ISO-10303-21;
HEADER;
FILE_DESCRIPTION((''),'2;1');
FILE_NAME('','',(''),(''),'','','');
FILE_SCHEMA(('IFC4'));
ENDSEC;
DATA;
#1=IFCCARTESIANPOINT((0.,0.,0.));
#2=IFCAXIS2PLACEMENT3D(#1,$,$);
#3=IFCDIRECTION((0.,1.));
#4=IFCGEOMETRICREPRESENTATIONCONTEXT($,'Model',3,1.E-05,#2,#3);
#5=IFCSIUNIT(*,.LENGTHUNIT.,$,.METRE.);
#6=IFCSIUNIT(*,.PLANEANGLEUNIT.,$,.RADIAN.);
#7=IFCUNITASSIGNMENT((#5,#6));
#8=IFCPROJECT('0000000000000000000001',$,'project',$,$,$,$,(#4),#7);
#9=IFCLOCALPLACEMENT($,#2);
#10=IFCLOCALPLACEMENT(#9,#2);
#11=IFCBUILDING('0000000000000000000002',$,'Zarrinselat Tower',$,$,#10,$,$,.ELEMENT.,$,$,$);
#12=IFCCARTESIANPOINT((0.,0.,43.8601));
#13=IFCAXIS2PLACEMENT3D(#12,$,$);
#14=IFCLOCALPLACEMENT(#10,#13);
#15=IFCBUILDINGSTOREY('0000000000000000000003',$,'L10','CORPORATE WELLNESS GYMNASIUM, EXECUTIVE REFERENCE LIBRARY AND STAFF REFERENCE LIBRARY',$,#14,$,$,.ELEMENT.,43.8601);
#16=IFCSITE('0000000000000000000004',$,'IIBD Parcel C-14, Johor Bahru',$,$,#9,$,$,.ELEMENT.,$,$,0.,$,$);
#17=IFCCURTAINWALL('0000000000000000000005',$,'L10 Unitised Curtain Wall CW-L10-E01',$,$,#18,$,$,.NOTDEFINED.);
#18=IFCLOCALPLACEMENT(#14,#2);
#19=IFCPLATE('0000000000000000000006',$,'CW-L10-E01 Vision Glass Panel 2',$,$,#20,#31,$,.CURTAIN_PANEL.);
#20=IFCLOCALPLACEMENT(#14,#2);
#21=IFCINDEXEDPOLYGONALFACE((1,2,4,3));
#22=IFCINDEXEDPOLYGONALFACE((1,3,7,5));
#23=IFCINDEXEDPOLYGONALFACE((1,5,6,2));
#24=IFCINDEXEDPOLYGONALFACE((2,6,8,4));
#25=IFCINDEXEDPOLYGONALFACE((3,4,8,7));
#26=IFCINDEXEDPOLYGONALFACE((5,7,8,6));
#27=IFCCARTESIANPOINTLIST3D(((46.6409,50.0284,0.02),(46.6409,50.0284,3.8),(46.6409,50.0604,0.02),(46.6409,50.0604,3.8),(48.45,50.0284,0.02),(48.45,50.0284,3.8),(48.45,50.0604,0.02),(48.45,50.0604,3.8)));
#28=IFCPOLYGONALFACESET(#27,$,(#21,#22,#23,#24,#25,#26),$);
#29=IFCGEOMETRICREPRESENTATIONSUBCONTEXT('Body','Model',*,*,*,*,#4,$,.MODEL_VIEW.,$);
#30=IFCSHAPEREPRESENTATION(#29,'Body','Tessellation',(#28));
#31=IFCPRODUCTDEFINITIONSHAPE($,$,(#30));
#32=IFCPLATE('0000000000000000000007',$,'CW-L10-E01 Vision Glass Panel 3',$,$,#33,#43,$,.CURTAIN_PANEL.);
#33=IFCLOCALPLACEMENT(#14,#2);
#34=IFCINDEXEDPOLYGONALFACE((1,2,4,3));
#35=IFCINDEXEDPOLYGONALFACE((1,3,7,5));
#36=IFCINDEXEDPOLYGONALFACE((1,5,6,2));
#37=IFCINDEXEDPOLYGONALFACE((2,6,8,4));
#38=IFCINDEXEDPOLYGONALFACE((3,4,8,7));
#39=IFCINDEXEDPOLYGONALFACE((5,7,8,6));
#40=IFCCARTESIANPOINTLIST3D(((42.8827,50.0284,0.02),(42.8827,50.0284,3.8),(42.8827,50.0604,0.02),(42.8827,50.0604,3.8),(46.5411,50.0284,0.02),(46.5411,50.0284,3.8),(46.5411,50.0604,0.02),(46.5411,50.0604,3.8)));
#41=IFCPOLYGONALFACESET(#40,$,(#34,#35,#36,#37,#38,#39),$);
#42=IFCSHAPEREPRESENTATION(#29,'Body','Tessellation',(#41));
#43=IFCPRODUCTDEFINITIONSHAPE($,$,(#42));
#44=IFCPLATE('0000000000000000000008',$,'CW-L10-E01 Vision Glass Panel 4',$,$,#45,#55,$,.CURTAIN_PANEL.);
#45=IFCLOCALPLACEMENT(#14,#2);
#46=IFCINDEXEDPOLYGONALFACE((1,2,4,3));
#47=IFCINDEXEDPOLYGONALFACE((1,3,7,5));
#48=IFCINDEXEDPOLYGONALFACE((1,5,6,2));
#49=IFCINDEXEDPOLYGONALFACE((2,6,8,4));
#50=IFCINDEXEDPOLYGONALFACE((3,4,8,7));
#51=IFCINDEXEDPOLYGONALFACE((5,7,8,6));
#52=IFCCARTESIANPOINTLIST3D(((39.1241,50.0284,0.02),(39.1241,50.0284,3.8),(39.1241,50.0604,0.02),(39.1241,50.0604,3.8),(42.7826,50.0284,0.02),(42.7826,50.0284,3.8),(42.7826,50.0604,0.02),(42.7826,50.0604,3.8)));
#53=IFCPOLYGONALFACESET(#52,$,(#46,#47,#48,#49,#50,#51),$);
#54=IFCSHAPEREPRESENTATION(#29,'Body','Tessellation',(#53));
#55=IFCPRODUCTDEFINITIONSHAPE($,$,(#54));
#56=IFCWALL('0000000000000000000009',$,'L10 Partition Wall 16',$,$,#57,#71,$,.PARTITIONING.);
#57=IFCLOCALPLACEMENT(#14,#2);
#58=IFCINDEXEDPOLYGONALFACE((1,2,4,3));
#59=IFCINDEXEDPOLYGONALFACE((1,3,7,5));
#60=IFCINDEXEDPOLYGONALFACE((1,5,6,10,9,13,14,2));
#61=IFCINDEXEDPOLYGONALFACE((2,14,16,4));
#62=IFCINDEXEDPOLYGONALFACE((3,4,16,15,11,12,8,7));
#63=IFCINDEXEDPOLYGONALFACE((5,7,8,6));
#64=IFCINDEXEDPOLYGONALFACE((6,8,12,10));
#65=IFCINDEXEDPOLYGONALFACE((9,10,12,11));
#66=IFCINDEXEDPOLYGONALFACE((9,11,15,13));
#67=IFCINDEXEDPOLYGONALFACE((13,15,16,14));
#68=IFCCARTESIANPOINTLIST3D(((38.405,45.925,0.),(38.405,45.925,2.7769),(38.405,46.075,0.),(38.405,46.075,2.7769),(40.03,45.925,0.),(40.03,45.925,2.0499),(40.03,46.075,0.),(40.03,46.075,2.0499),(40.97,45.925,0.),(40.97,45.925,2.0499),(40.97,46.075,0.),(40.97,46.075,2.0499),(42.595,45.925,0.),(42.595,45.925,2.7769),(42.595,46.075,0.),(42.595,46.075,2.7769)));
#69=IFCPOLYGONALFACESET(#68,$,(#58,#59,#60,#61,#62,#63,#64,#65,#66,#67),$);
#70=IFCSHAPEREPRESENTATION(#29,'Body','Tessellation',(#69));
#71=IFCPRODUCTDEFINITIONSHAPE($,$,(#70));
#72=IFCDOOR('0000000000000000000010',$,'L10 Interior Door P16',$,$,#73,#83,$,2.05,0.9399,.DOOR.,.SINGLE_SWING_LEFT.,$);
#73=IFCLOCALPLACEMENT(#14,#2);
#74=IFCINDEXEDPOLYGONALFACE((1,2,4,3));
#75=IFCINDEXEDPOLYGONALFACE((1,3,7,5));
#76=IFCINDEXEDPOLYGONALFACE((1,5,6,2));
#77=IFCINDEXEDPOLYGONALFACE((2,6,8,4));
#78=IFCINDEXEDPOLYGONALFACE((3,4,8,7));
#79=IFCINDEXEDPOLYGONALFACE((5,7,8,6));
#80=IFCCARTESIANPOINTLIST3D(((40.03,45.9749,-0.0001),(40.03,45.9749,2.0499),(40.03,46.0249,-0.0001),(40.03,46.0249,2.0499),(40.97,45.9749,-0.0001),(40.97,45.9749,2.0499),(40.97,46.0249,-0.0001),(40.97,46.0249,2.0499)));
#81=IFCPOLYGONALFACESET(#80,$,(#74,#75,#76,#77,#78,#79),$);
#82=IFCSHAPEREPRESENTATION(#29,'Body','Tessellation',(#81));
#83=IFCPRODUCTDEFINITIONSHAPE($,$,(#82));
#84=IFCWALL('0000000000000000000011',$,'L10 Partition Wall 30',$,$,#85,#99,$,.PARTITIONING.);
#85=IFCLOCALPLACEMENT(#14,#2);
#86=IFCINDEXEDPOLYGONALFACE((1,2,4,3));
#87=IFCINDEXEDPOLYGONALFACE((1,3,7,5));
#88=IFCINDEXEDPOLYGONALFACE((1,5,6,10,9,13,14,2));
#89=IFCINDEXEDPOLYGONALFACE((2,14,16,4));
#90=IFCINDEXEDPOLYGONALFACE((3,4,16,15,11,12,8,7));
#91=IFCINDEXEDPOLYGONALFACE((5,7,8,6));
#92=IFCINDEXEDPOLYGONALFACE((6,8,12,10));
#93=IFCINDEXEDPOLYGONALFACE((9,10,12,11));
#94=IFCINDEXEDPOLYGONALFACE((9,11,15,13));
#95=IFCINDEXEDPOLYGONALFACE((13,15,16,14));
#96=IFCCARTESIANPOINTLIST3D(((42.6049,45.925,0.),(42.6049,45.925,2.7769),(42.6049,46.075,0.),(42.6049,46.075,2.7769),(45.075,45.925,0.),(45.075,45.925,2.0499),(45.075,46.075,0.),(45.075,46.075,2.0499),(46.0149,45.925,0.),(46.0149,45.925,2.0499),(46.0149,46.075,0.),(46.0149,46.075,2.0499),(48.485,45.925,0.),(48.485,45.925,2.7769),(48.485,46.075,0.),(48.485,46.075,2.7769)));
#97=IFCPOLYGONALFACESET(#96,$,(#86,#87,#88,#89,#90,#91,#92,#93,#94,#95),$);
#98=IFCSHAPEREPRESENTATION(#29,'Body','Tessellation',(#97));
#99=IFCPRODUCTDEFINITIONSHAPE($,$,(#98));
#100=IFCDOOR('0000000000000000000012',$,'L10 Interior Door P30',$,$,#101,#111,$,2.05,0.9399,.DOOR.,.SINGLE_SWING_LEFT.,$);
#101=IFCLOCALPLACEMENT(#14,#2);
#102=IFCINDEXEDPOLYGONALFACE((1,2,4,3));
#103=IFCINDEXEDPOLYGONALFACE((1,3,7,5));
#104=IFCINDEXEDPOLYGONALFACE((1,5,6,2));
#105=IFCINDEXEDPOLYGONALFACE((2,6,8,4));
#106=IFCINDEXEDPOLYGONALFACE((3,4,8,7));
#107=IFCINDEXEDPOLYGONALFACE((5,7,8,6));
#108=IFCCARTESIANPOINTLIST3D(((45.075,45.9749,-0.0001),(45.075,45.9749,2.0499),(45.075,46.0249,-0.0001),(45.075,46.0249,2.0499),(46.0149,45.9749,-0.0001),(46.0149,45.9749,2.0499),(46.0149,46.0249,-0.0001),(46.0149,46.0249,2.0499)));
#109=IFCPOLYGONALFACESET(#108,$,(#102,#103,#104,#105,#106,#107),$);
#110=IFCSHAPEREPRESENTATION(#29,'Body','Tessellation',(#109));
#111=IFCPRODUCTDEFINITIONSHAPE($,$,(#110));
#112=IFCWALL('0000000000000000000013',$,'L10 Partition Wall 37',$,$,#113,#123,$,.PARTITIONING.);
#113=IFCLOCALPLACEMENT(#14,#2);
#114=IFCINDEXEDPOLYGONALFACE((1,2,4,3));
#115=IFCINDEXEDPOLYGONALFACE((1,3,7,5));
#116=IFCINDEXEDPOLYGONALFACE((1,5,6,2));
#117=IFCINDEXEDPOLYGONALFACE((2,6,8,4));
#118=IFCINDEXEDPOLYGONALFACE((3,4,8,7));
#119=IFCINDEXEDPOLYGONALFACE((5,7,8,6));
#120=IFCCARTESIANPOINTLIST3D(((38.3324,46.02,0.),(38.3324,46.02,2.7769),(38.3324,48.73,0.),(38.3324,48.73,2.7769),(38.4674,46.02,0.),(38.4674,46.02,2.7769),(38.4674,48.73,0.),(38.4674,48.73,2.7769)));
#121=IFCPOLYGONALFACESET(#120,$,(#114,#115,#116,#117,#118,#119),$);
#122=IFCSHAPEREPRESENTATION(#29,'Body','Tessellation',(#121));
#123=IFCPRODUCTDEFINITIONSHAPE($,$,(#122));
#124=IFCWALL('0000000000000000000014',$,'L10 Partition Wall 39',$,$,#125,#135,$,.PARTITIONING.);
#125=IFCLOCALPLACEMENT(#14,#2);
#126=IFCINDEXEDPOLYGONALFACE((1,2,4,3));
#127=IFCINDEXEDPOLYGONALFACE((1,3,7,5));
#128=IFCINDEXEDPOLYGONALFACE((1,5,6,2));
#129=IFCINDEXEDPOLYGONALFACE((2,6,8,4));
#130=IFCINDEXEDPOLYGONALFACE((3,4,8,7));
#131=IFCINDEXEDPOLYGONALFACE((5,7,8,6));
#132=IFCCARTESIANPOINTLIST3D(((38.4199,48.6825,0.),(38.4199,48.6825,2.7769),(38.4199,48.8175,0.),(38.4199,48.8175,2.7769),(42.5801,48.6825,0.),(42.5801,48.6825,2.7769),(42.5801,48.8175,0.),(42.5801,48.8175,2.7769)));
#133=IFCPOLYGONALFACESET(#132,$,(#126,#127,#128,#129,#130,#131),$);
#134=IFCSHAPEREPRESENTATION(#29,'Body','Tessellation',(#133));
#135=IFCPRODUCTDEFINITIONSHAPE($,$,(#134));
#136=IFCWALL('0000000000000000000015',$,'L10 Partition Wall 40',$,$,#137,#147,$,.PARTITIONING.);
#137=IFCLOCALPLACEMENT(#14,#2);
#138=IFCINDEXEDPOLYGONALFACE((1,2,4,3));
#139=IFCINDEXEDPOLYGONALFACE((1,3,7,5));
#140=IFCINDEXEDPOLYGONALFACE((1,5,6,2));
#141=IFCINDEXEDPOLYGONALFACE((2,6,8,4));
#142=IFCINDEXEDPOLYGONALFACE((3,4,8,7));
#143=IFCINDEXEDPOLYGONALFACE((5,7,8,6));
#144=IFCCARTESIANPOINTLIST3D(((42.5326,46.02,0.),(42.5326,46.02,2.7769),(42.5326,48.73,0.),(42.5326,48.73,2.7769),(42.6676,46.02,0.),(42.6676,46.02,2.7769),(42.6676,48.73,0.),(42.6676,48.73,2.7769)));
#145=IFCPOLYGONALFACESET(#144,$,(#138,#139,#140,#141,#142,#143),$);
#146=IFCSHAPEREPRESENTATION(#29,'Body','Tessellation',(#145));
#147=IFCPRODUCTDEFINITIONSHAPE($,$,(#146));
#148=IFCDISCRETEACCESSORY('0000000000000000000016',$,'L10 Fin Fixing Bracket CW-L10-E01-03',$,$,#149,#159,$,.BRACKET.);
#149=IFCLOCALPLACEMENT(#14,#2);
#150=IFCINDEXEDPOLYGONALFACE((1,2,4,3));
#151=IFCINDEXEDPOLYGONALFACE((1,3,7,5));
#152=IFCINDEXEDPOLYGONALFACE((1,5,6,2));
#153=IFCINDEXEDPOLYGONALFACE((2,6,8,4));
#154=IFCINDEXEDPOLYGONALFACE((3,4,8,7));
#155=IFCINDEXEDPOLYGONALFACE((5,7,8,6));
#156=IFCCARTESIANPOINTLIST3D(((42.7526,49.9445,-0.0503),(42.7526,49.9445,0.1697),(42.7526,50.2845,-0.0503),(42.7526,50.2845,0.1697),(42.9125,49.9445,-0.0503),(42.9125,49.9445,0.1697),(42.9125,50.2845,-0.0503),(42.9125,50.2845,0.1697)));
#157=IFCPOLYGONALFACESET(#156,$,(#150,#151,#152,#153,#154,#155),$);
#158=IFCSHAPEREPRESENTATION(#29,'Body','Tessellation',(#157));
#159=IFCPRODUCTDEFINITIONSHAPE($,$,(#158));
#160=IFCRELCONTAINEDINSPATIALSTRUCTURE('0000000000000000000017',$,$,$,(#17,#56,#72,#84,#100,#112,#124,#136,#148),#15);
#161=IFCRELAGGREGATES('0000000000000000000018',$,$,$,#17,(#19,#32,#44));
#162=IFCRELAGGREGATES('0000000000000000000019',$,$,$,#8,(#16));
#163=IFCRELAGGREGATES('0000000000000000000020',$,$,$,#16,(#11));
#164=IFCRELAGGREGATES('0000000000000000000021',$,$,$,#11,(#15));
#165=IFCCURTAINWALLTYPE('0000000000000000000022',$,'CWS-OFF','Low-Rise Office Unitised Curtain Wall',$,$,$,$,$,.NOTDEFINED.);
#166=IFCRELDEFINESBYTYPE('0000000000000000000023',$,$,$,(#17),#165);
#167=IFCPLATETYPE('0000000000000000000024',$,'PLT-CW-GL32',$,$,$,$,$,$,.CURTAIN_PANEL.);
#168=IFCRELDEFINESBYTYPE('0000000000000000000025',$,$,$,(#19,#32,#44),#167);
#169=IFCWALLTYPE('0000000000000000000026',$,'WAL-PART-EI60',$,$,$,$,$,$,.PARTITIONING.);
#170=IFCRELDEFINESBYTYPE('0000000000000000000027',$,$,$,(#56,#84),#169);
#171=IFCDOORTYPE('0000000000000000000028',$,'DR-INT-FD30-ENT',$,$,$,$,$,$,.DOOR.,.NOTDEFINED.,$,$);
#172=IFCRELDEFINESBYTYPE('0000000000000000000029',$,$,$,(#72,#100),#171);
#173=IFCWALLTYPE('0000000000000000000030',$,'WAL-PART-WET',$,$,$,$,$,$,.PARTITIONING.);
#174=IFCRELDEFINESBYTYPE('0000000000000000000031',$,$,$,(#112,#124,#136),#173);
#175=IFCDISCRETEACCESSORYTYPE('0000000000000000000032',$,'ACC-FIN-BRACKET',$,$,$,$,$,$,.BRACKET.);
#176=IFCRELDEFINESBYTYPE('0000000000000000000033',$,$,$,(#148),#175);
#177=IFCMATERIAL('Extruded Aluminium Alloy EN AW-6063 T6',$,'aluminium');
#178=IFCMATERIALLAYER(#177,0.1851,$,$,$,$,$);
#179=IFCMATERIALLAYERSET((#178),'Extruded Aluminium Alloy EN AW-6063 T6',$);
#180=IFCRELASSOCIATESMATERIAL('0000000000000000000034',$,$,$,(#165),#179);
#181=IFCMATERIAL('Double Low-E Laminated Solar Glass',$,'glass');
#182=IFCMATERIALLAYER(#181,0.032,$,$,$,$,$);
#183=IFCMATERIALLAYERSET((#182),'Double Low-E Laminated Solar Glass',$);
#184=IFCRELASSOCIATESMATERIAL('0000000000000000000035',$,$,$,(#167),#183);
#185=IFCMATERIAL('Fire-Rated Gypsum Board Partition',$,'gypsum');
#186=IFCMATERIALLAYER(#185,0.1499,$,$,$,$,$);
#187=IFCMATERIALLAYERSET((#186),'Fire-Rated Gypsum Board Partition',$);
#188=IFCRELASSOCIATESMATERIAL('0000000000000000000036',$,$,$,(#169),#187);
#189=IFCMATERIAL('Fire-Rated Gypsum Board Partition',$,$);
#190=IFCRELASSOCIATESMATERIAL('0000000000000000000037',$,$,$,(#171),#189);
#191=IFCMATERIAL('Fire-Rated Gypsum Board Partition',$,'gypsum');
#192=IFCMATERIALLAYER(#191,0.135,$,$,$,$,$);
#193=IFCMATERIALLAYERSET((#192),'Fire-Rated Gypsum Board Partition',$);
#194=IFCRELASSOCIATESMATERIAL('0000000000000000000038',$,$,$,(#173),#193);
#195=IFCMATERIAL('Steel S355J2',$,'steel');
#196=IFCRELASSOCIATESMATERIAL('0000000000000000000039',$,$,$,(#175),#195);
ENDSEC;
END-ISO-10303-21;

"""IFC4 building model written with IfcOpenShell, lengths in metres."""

from ifc_helpers import new_model, si_unit, direction, frame, frame_2d, origin, origin_2d, place, context, subcontext, project, spatial, rectangle, extrude, material, layer, layer_set, type_object, element, fill, aggregate, save


model = new_model("IFC4")

# Units and contexts
model_context = context("Model", 3, precision=1e-05, world=origin(), true_north=direction((0.0, 1.0)))
body_context = subcontext(model_context, "Body", "Model", "MODEL_VIEW")
ifc_project = project(units=[si_unit("LENGTHUNIT", "METRE"), si_unit("PLANEANGLEUNIT", "RADIAN")], contexts=[model_context])

# Site, building, storey
site_placement = place(None, origin())
site = spatial("IfcSite", under=ifc_project, at=site_placement, Name="IIBD Parcel C-14, Johor Bahru", CompositionType="ELEMENT", RefElevation=0.0)
building_placement = place(site_placement, origin())
building = spatial("IfcBuilding", under=site, at=building_placement, Name="Zarrinselat Tower", CompositionType="ELEMENT")
storey_placement = place(building_placement, frame((0.0, 0.0, 43.8601)))
storey = spatial("IfcBuildingStorey", under=building, at=storey_placement, Name="L10", Description="CORPORATE WELLNESS GYMNASIUM, EXECUTIVE REFERENCE LIBRARY AND STAFF REFERENCE LIBRARY", CompositionType="ELEMENT", Elevation=43.8601)

# Curtain wall, plates
ifc_material_1 = material(Name="Extruded Aluminium Alloy EN AW-6063 T6", Category="aluminium")
ifc_layer_1 = layer(ifc_material_1, 0.1851)
ifc_layer_set_1 = layer_set([ifc_layer_1], Name="Extruded Aluminium Alloy EN AW-6063 T6")
curtain_wall_type = type_object("IfcCurtainWallType", Name="CWS-OFF", Description="Low-Rise Office Unitised Curtain Wall", PredefinedType="NOTDEFINED", material=ifc_layer_set_1)
curtain_wall_placement = place(storey_placement, origin())
curtain_wall = element("IfcCurtainWall", 1, at=curtain_wall_placement, inside=storey, type_object=curtain_wall_type, Name="L10 Unitised Curtain Wall CW-L10-E01", PredefinedType="NOTDEFINED")
ifc_material_2 = material(Name="Double Low-E Laminated Solar Glass", Category="glass")
ifc_layer_2 = layer(ifc_material_2, 0.032)
ifc_layer_set_2 = layer_set([ifc_layer_2], Name="Double Low-E Laminated Solar Glass")
plate_type = type_object("IfcPlateType", Name="PLT-CW-GL32", PredefinedType="CURTAIN_PANEL", material=ifc_layer_set_2)
plate_1_placement = place(storey_placement, frame((47.5454, 50.0444, 0.02), z_axis=(0.0, 0.0, 1.0), x_axis=(-1.0, 0.0, 0.0)))
plate_1 = element("IfcPlate", 2, at=plate_1_placement, type_object=plate_type, Name="CW-L10-E01 Vision Glass Panel 2", PredefinedType="CURTAIN_PANEL", context=body_context, shape_type="SweptSolid", body=[
    extrude(rectangle(XDim=1.8091, YDim=0.032, at=origin_2d()), origin(), (0.0, 0.0, 1.0), 3.78),
])
plate_2_placement = place(storey_placement, frame((44.7119, 50.0444, 0.02), z_axis=(0.0, 0.0, 1.0), x_axis=(-1.0, 0.0, 0.0)))
plate_2 = element("IfcPlate", 3, at=plate_2_placement, type_object=plate_type, Name="CW-L10-E01 Vision Glass Panel 3", PredefinedType="CURTAIN_PANEL", context=body_context, shape_type="SweptSolid", body=[
    extrude(rectangle(XDim=3.6584, YDim=0.032, at=origin_2d()), origin(), (0.0, 0.0, 1.0), 3.78),
])
plate_3_placement = place(storey_placement, frame((40.9534, 50.0444, 0.02), z_axis=(0.0, 0.0, 1.0), x_axis=(-1.0, 0.0, 0.0)))
plate_3 = element("IfcPlate", 4, at=plate_3_placement, type_object=plate_type, Name="CW-L10-E01 Vision Glass Panel 4", PredefinedType="CURTAIN_PANEL", context=body_context, shape_type="SweptSolid", body=[
    extrude(rectangle(XDim=3.6584, YDim=0.032, at=origin_2d()), origin(), (0.0, 0.0, 1.0), 3.78),
])
aggregate(curtain_wall, [plate_1, plate_2, plate_3])

# Walls, openings, doors
ifc_material_3 = material(Name="Fire-Rated Gypsum Board Partition", Category="gypsum")
ifc_layer_3 = layer(ifc_material_3, 0.1499)
ifc_layer_set_3 = layer_set([ifc_layer_3], Name="Fire-Rated Gypsum Board Partition")
wall_type_1 = type_object("IfcWallType", Name="WAL-PART-EI60", PredefinedType="PARTITIONING", material=ifc_layer_set_3)
wall_1_placement = place(storey_placement, frame((38.405, 46.0, 0.0), z_axis=(0.0, 0.0, 1.0), x_axis=(1.0, 0.0, 0.0)))
wall_1 = element("IfcWall", 5, at=wall_1_placement, inside=storey, type_object=wall_type_1, Name="L10 Partition Wall 16", PredefinedType="PARTITIONING", context=body_context, shape_type="SweptSolid", body=[
    extrude(rectangle(XDim=4.1899, YDim=0.1499, at=frame_2d((2.095, 0.0))), origin(), (0.0, 0.0, 1.0), 2.7769),
])
opening_1_placement = place(wall_1_placement, frame((1.625, 0.0, 0.0)))
opening_1 = element("IfcOpeningElement", 6, at=opening_1_placement, cuts=wall_1, PredefinedType="OPENING", context=body_context, shape_type="SweptSolid", body=[
    extrude(rectangle(XDim=0.9399, YDim=2.05, at=frame_2d((0.47, 1.0249))), frame((0.0, 0.085, 0.0), z_axis=(0.0, -1.0, 0.0), x_axis=(1.0, 0.0, 0.0)), (0.0, 0.0, 1.0), 0.1699),
])
ifc_material_4 = material(Name="Fire-Rated Gypsum Board Partition")
door_type = type_object("IfcDoorType", Name="DR-INT-FD30-ENT", OperationType="NOTDEFINED", PredefinedType="DOOR", material=ifc_material_4)
door_1_placement = place(opening_1_placement, origin())
door_1 = element("IfcDoor", 7, at=door_1_placement, inside=storey, type_object=door_type, Name="L10 Interior Door P16", OperationType="SINGLE_SWING_LEFT", OverallHeight=2.05, OverallWidth=0.9399, PredefinedType="DOOR", context=body_context, shape_type="SweptSolid", body=[
    extrude(rectangle(XDim=0.9399, YDim=2.05, at=frame_2d((0.47, 1.0249))), frame((0.0, 0.0249, 0.0), z_axis=(0.0, -1.0, 0.0), x_axis=(1.0, 0.0, 0.0)), (0.0, 0.0, 1.0), 0.05),
])
fill(opening_1, door_1)
wall_2_placement = place(storey_placement, frame((42.605, 46.0, 0.0), z_axis=(0.0, 0.0, 1.0), x_axis=(1.0, 0.0, 0.0)))
wall_2 = element("IfcWall", 8, at=wall_2_placement, inside=storey, type_object=wall_type_1, Name="L10 Partition Wall 30", PredefinedType="PARTITIONING", context=body_context, shape_type="SweptSolid", body=[
    extrude(rectangle(XDim=5.8801, YDim=0.1499, at=frame_2d((2.9399, 0.0))), origin(), (0.0, 0.0, 1.0), 2.7769),
])
opening_2_placement = place(wall_2_placement, frame((2.47, 0.0, 0.0)))
opening_2 = element("IfcOpeningElement", 9, at=opening_2_placement, cuts=wall_2, PredefinedType="OPENING", context=body_context, shape_type="SweptSolid", body=[
    extrude(rectangle(XDim=0.9399, YDim=2.05, at=frame_2d((0.47, 1.0249))), frame((0.0, 0.085, 0.0), z_axis=(0.0, -1.0, 0.0), x_axis=(1.0, 0.0, 0.0)), (0.0, 0.0, 1.0), 0.1699),
])
door_2_placement = place(opening_2_placement, origin())
door_2 = element("IfcDoor", 10, at=door_2_placement, inside=storey, type_object=door_type, Name="L10 Interior Door P30", OperationType="SINGLE_SWING_LEFT", OverallHeight=2.05, OverallWidth=0.9399, PredefinedType="DOOR", context=body_context, shape_type="SweptSolid", body=[
    extrude(rectangle(XDim=0.9399, YDim=2.05, at=frame_2d((0.47, 1.0249))), frame((0.0, 0.0249, 0.0), z_axis=(0.0, -1.0, 0.0), x_axis=(1.0, 0.0, 0.0)), (0.0, 0.0, 1.0), 0.05),
])
fill(opening_2, door_2)

# Walls
ifc_material_5 = material(Name="Fire-Rated Gypsum Board Partition", Category="gypsum")
ifc_layer_4 = layer(ifc_material_5, 0.135)
ifc_layer_set_4 = layer_set([ifc_layer_4], Name="Fire-Rated Gypsum Board Partition")
wall_type_2 = type_object("IfcWallType", Name="WAL-PART-WET", PredefinedType="PARTITIONING", material=ifc_layer_set_4)
wall_3_placement = place(storey_placement, frame((38.3999, 46.02, 0.0), z_axis=(0.0, 0.0, 1.0), x_axis=(0.0, 1.0, 0.0)))
element("IfcWall", 11, at=wall_3_placement, inside=storey, type_object=wall_type_2, Name="L10 Partition Wall 37", PredefinedType="PARTITIONING", context=body_context, shape_type="SweptSolid", body=[
    extrude(rectangle(XDim=2.71, YDim=0.135, at=frame_2d((1.355, 0.0))), origin(), (0.0, 0.0, 1.0), 2.7769),
])
wall_4_placement = place(storey_placement, frame((38.4199, 48.75, 0.0), z_axis=(0.0, 0.0, 1.0), x_axis=(1.0, 0.0, 0.0)))
element("IfcWall", 12, at=wall_4_placement, inside=storey, type_object=wall_type_2, Name="L10 Partition Wall 39", PredefinedType="PARTITIONING", context=body_context, shape_type="SweptSolid", body=[
    extrude(rectangle(XDim=4.1602, YDim=0.135, at=frame_2d((2.0801, 0.0))), origin(), (0.0, 0.0, 1.0), 2.7769),
])
wall_5_placement = place(storey_placement, frame((42.6001, 46.02, 0.0), z_axis=(0.0, 0.0, 1.0), x_axis=(0.0, 1.0, 0.0)))
element("IfcWall", 13, at=wall_5_placement, inside=storey, type_object=wall_type_2, Name="L10 Partition Wall 40", PredefinedType="PARTITIONING", context=body_context, shape_type="SweptSolid", body=[
    extrude(rectangle(XDim=2.71, YDim=0.135, at=frame_2d((1.355, 0.0))), origin(), (0.0, 0.0, 1.0), 2.7769),
])

# Discrete accessory
ifc_material_6 = material(Name="Steel S355J2", Category="steel")
discrete_accessory_type = type_object("IfcDiscreteAccessoryType", Name="ACC-FIN-BRACKET", PredefinedType="BRACKET", material=ifc_material_6)
discrete_accessory_placement = place(storey_placement, frame((42.8325, 50.1145, -0.0503), z_axis=(0.0, 0.0, 1.0), x_axis=(0.0, 1.0, 0.0)))
element("IfcDiscreteAccessory", 14, at=discrete_accessory_placement, inside=storey, type_object=discrete_accessory_type, Name="L10 Fin Fixing Bracket CW-L10-E01-03", PredefinedType="BRACKET", context=body_context, shape_type="SweptSolid", body=[
    extrude(rectangle(XDim=0.3401, YDim=0.1599, at=origin_2d()), origin(), (0.0, 0.0, 1.0), 0.22),
])

save(model, "model.ifc")
